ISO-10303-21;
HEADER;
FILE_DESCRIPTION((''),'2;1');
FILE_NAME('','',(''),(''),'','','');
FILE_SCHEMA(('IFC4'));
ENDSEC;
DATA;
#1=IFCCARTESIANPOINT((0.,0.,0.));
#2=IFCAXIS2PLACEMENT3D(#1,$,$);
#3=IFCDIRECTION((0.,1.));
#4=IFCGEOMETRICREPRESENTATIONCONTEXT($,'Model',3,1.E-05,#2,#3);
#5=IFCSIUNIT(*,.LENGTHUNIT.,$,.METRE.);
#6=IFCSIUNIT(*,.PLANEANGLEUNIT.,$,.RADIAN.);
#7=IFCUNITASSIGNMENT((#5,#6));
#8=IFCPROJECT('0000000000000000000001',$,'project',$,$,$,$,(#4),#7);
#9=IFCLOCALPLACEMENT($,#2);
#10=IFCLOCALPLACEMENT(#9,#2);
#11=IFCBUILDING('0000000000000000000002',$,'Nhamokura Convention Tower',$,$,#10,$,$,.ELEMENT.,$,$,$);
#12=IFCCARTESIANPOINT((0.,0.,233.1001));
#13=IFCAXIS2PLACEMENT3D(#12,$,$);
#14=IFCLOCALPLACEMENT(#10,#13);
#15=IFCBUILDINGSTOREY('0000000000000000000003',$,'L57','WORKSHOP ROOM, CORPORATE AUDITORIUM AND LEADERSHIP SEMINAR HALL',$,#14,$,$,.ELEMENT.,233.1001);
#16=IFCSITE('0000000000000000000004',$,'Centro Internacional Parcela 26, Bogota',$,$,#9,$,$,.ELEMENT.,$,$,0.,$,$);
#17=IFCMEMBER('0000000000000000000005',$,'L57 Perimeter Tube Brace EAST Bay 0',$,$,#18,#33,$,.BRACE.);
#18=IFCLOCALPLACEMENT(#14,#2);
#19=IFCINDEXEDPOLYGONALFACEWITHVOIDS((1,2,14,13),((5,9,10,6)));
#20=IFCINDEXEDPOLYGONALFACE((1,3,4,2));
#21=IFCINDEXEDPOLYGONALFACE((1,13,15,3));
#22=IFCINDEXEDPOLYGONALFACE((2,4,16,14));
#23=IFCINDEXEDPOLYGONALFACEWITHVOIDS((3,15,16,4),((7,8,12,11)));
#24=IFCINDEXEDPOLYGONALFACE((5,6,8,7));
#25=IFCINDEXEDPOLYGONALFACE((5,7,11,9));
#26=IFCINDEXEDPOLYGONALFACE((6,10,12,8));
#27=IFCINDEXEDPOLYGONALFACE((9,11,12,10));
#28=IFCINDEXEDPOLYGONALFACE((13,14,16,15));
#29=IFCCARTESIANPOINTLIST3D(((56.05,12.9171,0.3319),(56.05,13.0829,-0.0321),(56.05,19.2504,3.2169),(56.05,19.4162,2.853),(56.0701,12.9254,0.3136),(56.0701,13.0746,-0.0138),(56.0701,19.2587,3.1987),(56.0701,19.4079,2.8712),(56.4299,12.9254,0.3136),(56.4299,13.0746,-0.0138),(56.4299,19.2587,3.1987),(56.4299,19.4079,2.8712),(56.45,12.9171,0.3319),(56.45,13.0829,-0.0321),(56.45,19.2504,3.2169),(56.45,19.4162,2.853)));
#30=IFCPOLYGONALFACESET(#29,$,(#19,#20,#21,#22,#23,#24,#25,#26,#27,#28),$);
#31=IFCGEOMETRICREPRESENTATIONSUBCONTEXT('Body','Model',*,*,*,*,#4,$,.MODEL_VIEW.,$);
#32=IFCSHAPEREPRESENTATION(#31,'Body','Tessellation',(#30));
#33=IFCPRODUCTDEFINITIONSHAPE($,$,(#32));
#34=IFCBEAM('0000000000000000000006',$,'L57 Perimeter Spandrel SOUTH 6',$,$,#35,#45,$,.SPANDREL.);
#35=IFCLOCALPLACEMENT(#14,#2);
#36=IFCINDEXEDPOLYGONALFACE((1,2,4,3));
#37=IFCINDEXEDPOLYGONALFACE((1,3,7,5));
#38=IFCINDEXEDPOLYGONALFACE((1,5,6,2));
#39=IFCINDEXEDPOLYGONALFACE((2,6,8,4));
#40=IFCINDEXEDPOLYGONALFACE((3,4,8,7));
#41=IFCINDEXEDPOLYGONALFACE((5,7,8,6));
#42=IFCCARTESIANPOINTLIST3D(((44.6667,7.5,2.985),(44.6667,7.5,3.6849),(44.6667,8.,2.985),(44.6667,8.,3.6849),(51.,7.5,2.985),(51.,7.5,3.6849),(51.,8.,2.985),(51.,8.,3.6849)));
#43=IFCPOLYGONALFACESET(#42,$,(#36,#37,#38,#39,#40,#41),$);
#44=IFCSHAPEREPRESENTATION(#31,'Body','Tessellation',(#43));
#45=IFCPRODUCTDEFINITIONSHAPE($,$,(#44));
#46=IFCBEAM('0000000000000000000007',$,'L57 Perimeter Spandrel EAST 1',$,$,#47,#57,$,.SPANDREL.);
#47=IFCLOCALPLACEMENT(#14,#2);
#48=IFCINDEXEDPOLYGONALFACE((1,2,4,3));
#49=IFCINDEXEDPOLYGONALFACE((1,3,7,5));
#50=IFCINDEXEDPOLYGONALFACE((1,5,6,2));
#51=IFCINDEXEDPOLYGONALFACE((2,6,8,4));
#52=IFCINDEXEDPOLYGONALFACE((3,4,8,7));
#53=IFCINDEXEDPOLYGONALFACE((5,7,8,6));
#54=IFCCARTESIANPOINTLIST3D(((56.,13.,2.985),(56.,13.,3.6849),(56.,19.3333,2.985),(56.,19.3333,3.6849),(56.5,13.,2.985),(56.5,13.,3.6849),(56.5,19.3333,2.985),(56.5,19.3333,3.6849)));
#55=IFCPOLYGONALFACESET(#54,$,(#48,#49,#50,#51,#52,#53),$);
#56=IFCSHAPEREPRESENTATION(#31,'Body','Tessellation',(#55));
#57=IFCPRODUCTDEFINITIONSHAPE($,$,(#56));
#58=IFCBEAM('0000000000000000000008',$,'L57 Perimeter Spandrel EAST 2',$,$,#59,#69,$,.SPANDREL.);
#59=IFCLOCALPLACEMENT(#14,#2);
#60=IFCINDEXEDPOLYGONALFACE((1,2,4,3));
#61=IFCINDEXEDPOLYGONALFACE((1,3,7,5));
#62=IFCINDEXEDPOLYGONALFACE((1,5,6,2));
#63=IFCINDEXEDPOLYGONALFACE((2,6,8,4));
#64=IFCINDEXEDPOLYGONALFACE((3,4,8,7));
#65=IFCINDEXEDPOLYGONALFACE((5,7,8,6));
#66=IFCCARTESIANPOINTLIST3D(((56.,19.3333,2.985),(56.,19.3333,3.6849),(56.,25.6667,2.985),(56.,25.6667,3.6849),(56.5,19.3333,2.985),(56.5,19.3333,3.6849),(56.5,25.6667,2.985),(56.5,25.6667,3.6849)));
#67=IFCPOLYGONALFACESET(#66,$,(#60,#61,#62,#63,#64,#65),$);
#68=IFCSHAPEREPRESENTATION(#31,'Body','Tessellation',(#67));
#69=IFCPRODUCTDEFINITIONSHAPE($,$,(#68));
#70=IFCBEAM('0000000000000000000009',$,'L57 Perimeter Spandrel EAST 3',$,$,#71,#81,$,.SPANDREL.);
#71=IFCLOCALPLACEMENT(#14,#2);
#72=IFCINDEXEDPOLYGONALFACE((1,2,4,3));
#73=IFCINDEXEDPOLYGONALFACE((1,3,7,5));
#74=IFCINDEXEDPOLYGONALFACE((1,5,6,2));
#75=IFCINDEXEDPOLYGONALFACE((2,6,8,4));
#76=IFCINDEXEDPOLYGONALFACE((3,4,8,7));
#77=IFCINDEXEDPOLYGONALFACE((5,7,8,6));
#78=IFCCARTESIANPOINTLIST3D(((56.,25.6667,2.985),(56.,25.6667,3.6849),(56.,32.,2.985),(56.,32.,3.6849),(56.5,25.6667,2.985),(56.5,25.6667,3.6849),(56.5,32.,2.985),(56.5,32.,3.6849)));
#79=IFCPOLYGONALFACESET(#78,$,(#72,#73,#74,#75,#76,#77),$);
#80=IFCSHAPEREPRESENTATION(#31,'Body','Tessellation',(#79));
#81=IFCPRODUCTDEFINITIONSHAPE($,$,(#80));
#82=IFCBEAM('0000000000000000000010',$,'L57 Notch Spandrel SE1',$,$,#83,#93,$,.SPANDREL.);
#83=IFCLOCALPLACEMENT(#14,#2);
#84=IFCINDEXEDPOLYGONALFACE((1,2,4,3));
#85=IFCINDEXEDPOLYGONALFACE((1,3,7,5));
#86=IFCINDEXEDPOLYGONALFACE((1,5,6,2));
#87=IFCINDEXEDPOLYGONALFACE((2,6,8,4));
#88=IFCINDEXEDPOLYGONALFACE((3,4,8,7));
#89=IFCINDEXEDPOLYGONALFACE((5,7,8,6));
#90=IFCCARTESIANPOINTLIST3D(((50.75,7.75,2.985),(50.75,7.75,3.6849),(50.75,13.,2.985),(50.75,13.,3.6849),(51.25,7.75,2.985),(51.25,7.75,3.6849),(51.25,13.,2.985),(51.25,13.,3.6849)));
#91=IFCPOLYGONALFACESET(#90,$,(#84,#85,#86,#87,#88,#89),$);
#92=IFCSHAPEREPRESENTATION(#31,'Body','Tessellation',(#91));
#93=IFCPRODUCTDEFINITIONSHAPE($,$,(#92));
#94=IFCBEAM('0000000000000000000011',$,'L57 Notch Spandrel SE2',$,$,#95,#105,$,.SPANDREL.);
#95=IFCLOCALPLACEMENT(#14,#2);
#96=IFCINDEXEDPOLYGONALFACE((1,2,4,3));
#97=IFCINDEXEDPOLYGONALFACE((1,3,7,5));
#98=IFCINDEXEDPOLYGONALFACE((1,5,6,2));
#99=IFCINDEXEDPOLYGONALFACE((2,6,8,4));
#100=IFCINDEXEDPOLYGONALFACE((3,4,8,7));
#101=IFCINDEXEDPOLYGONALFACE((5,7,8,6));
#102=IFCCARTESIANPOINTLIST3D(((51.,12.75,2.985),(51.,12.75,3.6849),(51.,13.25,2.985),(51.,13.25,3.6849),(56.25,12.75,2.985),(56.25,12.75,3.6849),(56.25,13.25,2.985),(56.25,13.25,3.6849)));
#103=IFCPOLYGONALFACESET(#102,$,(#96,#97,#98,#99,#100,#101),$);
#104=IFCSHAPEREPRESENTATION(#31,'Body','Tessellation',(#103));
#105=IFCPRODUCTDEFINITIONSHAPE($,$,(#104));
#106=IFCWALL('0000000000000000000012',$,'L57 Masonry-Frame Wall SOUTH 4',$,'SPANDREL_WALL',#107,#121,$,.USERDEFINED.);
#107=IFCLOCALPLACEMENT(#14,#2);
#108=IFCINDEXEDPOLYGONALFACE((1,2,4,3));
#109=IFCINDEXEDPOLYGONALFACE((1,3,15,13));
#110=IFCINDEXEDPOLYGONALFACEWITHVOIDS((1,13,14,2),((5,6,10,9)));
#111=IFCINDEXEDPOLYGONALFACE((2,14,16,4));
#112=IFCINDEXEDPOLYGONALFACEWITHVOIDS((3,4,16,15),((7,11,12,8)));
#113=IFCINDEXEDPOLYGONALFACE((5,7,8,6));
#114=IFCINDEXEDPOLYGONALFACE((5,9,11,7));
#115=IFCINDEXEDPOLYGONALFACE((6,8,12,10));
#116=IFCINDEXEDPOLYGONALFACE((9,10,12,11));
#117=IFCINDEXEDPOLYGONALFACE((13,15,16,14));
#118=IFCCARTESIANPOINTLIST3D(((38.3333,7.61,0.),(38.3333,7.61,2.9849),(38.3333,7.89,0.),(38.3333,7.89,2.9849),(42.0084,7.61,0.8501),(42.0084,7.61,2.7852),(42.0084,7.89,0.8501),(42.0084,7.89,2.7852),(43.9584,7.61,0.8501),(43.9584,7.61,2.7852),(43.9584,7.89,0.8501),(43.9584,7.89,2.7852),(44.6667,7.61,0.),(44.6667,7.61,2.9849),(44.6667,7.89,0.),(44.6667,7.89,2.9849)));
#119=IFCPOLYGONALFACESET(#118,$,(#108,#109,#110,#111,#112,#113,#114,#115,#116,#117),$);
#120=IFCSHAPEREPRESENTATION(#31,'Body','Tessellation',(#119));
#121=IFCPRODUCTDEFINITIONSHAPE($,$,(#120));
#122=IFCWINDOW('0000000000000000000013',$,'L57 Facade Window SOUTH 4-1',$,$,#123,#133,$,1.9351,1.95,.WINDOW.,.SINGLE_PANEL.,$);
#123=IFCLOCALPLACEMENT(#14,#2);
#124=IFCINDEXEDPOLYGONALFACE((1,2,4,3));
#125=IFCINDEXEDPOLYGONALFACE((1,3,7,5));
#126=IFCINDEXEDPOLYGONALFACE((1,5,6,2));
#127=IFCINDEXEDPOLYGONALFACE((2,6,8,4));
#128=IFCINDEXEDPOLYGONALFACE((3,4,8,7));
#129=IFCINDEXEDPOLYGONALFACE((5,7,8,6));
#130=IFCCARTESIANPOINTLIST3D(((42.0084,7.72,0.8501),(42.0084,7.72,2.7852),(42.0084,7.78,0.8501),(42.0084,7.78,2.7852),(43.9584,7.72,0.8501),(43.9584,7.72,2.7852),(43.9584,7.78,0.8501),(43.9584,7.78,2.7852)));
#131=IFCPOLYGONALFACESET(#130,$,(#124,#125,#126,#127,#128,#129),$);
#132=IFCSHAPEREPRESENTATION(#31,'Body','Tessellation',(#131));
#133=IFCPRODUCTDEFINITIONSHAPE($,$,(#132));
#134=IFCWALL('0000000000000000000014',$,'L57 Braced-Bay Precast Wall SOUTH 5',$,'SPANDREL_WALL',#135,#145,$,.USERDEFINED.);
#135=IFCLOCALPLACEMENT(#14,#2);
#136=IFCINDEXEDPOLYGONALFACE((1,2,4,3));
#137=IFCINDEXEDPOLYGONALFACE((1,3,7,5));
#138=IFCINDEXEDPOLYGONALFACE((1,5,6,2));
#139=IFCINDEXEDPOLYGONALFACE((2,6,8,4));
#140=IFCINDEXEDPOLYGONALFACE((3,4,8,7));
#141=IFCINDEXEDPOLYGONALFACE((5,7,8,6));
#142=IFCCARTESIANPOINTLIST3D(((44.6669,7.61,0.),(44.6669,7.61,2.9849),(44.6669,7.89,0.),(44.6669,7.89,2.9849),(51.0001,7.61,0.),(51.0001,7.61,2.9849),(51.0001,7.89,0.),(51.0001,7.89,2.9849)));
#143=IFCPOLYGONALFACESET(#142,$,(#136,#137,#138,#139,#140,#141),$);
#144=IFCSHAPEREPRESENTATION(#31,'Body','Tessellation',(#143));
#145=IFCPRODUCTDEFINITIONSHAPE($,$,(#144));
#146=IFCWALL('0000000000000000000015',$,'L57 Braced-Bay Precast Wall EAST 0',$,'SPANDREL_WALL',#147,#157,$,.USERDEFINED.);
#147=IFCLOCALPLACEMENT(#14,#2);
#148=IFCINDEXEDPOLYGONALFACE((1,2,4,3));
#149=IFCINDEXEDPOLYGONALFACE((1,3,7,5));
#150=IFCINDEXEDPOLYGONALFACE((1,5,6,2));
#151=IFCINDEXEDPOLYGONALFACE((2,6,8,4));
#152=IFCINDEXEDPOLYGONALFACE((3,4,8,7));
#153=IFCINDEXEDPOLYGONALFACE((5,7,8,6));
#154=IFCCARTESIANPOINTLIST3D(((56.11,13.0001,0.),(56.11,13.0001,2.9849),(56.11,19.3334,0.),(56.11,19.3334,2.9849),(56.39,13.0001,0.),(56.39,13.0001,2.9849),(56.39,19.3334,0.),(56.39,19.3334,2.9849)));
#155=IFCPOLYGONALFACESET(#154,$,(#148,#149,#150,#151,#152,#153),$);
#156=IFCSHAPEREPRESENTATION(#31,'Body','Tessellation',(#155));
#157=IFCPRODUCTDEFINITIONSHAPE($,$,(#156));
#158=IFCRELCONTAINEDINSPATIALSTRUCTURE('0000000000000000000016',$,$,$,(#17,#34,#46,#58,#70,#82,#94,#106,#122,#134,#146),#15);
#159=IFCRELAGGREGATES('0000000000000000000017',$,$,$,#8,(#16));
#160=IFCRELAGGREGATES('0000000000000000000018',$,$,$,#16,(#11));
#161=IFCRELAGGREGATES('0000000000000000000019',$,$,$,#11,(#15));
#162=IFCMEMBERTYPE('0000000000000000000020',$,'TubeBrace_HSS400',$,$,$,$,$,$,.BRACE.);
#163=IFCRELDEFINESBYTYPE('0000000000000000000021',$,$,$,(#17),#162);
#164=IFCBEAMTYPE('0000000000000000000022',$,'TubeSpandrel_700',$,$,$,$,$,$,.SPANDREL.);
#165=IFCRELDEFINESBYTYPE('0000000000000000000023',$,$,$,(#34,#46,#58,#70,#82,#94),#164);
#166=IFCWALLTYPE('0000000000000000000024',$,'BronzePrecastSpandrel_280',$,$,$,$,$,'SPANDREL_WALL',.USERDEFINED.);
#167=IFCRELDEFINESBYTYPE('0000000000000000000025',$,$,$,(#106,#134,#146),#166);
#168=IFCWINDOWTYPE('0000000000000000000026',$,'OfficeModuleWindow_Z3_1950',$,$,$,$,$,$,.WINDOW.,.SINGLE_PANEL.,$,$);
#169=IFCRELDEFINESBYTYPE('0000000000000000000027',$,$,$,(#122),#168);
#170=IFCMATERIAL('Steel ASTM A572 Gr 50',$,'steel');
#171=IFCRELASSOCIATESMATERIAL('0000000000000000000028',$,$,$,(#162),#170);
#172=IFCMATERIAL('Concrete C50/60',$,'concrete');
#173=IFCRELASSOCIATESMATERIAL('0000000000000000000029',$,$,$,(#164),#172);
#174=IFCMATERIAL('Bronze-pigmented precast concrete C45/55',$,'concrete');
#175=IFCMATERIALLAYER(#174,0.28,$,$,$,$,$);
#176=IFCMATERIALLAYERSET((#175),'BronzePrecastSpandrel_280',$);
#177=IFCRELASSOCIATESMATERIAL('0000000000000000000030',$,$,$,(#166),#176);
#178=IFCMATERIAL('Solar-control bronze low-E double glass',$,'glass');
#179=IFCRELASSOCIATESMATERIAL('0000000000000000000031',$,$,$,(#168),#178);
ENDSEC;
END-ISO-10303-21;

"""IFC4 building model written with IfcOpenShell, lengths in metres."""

from ifc_helpers import new_model, si_unit, direction, frame, frame_2d, origin, origin_2d, place, context, subcontext, project, spatial, rectangle, hollow_rectangle, extrude, material, layer, layer_set, material_profile, profile_set, type_object, element, fill, save


model = new_model("IFC4")

# Units and contexts
model_context = context("Model", 3, precision=1e-05, world=origin(), true_north=direction((0.0, 1.0)))
body_context = subcontext(model_context, "Body", "Model", "MODEL_VIEW")
ifc_project = project(units=[si_unit("LENGTHUNIT", "METRE"), si_unit("PLANEANGLEUNIT", "RADIAN")], contexts=[model_context])

# Site, building, storey
site_placement = place(None, origin())
site = spatial("IfcSite", under=ifc_project, at=site_placement, Name="Centro Internacional Parcela 26, Bogota", CompositionType="ELEMENT", RefElevation=0.0)
building_placement = place(site_placement, origin())
building = spatial("IfcBuilding", under=site, at=building_placement, Name="Nhamokura Convention Tower", CompositionType="ELEMENT")
storey_placement = place(building_placement, frame((0.0, 0.0, 233.1001)))
storey = spatial("IfcBuildingStorey", under=building, at=storey_placement, Name="L57", Description="WORKSHOP ROOM, CORPORATE AUDITORIUM AND LEADERSHIP SEMINAR HALL", CompositionType="ELEMENT", Elevation=233.1001)

# Member
ifc_material_1 = material(Name="Steel ASTM A572 Gr 50", Category="steel")
ifc_material_profile_1 = material_profile(ifc_material_1, hollow_rectangle(XDim=0.3999, YDim=0.3999, WallThickness=0.02, at=origin_2d()))
ifc_profile_set_1 = profile_set([ifc_material_profile_1], Name="Steel ASTM A572 Gr 50")
member_type_1 = type_object("IfcMemberType", Name="TubeBrace_HSS400", PredefinedType="BRACE", material=ifc_profile_set_1)
for number, where, z_axis, x_axis, name in (
    (1, (56.25, 13.0, 0.1499), (0.0, 0.910027, 0.414548), (-1.0, 0.0, 0.0), "L57 Perimeter Tube Brace EAST Bay 0"),
):
    element("IfcMember", number, at=place(storey_placement, frame(where, z_axis=z_axis, x_axis=x_axis)), inside=storey, type_object=member_type_1, Name=name, PredefinedType="BRACE", context=body_context, shape_type="SweptSolid", body=[
        extrude(hollow_rectangle(XDim=0.3999, YDim=0.3999, WallThickness=0.02, at=origin_2d()), origin(), (0.0, 0.0, 1.0), 6.9595),
    ])

# Beams
ifc_material_2 = material(Name="Concrete C50/60", Category="concrete")
ifc_material_profile_2 = material_profile(ifc_material_2, rectangle(XDim=0.5, YDim=0.7, at=origin_2d()))
ifc_profile_set_2 = profile_set([ifc_material_profile_2], Name="Concrete C50/60")
beam_type_1 = type_object("IfcBeamType", Name="TubeSpandrel_700", PredefinedType="SPANDREL", material=ifc_profile_set_2)
for number, where, z_axis, x_axis, name in (
    (2, (44.6667, 7.75, 3.335), (1.0, 0.0, 0.0), (0.0, 1.0, 0.0), "L57 Perimeter Spandrel SOUTH 6"),
    (3, (56.25, 13.0, 3.335), (0.0, 1.0, 0.0), (-1.0, 0.0, 0.0), "L57 Perimeter Spandrel EAST 1"),
):
    element("IfcBeam", number, at=place(storey_placement, frame(where, z_axis=z_axis, x_axis=x_axis)), inside=storey, type_object=beam_type_1, Name=name, PredefinedType="SPANDREL", context=body_context, shape_type="SweptSolid", body=[
        extrude(rectangle(XDim=0.5, YDim=0.7, at=origin_2d()), origin(), (0.0, 0.0, 1.0), 6.3333),
    ])
beam_1_placement = place(storey_placement, frame((56.25, 19.3333, 3.335), z_axis=(0.0, 1.0, 0.0), x_axis=(-1.0, 0.0, 0.0)))
element("IfcBeam", 4, at=beam_1_placement, inside=storey, type_object=beam_type_1, Name="L57 Perimeter Spandrel EAST 2", PredefinedType="SPANDREL", context=body_context, shape_type="SweptSolid", body=[
    extrude(rectangle(XDim=0.5, YDim=0.7, at=origin_2d()), origin(), (0.0, 0.0, 1.0), 6.3335),
])
beam_2_placement = place(storey_placement, frame((56.25, 25.6667, 3.335), z_axis=(0.0, 1.0, 0.0), x_axis=(-1.0, 0.0, 0.0)))
element("IfcBeam", 5, at=beam_2_placement, inside=storey, type_object=beam_type_1, Name="L57 Perimeter Spandrel EAST 3", PredefinedType="SPANDREL", context=body_context, shape_type="SweptSolid", body=[
    extrude(rectangle(XDim=0.5, YDim=0.7, at=origin_2d()), origin(), (0.0, 0.0, 1.0), 6.3333),
])
for number, where, z_axis, x_axis, name in (
    (6, (51.0, 7.75, 3.335), (0.0, 1.0, 0.0), (-1.0, 0.0, 0.0), "L57 Notch Spandrel SE1"),
    (7, (51.0, 13.0, 3.335), (1.0, 0.0, 0.0), (0.0, 1.0, 0.0), "L57 Notch Spandrel SE2"),
):
    element("IfcBeam", number, at=place(storey_placement, frame(where, z_axis=z_axis, x_axis=x_axis)), inside=storey, type_object=beam_type_1, Name=name, PredefinedType="SPANDREL", context=body_context, shape_type="SweptSolid", body=[
        extrude(rectangle(XDim=0.5, YDim=0.7, at=origin_2d()), origin(), (0.0, 0.0, 1.0), 5.25),
    ])

# Wall, opening, window
ifc_material_3 = material(Name="Bronze-pigmented precast concrete C45/55", Category="concrete")
ifc_layer_1 = layer(ifc_material_3, 0.28)
ifc_layer_set_1 = layer_set([ifc_layer_1], Name="BronzePrecastSpandrel_280")
wall_type_1 = type_object("IfcWallType", Name="BronzePrecastSpandrel_280", ElementType="SPANDREL_WALL", PredefinedType="USERDEFINED", material=ifc_layer_set_1)
wall_1_placement = place(storey_placement, frame((44.6667, 7.75, 0.0), z_axis=(0.0, 0.0, 1.0), x_axis=(-1.0, 0.0, 0.0)))
wall_1 = element("IfcWall", 8, at=wall_1_placement, inside=storey, type_object=wall_type_1, Name="L57 Masonry-Frame Wall SOUTH 4", ObjectType="SPANDREL_WALL", PredefinedType="USERDEFINED", context=body_context, shape_type="SweptSolid", body=[
    extrude(rectangle(XDim=6.3335, YDim=0.28, at=frame_2d((3.1667, 0.0))), origin(), (0.0, 0.0, 1.0), 2.9849),
])
opening_1_placement = place(wall_1_placement, frame((0.7083, 0.0, 0.8501)))
opening_1 = element("IfcOpeningElement", 9, at=opening_1_placement, cuts=wall_1, PredefinedType="OPENING", context=body_context, shape_type="SweptSolid", body=[
    extrude(rectangle(XDim=1.95, YDim=1.9351, at=frame_2d((0.9751, 0.9675))), frame((0.0, 0.1499, 0.0), z_axis=(0.0, -1.0, 0.0), x_axis=(1.0, 0.0, 0.0)), (0.0, 0.0, 1.0), 0.3),
])
ifc_material_4 = material(Name="Solar-control bronze low-E double glass", Category="glass")
window_type = type_object("IfcWindowType", Name="OfficeModuleWindow_Z3_1950", PartitioningType="SINGLE_PANEL", PredefinedType="WINDOW", material=ifc_material_4)
window_1_placement = place(opening_1_placement, origin())
window_1 = element("IfcWindow", 10, at=window_1_placement, inside=storey, type_object=window_type, Name="L57 Facade Window SOUTH 4-1", OverallHeight=1.9351, OverallWidth=1.95, PartitioningType="SINGLE_PANEL", PredefinedType="WINDOW", context=body_context, shape_type="SweptSolid", body=[
    extrude(rectangle(XDim=1.95, YDim=1.9351, at=frame_2d((0.9751, 0.9675))), frame((0.0, 0.03, 0.0), z_axis=(0.0, -1.0, 0.0), x_axis=(1.0, 0.0, 0.0)), (0.0, 0.0, 1.0), 0.0601),
])
fill(opening_1, window_1)

# Walls
for number, where, z_axis, x_axis, name in (
    (11, (51.0, 7.75, 0.0), (0.0, 0.0, 1.0), (-1.0, 0.0, 0.0), "L57 Braced-Bay Precast Wall SOUTH 5"),
    (12, (56.25, 19.3333, 0.0), (0.0, 0.0, 1.0), (0.0, -1.0, 0.0), "L57 Braced-Bay Precast Wall EAST 0"),
):
    element("IfcWall", number, at=place(storey_placement, frame(where, z_axis=z_axis, x_axis=x_axis)), inside=storey, type_object=wall_type_1, Name=name, ObjectType="SPANDREL_WALL", PredefinedType="USERDEFINED", context=body_context, shape_type="SweptSolid", body=[
        extrude(rectangle(XDim=6.3333, YDim=0.28, at=frame_2d((3.1665, 0.0))), origin(), (0.0, 0.0, 1.0), 2.9849),
    ])

save(model, "model.ifc")
